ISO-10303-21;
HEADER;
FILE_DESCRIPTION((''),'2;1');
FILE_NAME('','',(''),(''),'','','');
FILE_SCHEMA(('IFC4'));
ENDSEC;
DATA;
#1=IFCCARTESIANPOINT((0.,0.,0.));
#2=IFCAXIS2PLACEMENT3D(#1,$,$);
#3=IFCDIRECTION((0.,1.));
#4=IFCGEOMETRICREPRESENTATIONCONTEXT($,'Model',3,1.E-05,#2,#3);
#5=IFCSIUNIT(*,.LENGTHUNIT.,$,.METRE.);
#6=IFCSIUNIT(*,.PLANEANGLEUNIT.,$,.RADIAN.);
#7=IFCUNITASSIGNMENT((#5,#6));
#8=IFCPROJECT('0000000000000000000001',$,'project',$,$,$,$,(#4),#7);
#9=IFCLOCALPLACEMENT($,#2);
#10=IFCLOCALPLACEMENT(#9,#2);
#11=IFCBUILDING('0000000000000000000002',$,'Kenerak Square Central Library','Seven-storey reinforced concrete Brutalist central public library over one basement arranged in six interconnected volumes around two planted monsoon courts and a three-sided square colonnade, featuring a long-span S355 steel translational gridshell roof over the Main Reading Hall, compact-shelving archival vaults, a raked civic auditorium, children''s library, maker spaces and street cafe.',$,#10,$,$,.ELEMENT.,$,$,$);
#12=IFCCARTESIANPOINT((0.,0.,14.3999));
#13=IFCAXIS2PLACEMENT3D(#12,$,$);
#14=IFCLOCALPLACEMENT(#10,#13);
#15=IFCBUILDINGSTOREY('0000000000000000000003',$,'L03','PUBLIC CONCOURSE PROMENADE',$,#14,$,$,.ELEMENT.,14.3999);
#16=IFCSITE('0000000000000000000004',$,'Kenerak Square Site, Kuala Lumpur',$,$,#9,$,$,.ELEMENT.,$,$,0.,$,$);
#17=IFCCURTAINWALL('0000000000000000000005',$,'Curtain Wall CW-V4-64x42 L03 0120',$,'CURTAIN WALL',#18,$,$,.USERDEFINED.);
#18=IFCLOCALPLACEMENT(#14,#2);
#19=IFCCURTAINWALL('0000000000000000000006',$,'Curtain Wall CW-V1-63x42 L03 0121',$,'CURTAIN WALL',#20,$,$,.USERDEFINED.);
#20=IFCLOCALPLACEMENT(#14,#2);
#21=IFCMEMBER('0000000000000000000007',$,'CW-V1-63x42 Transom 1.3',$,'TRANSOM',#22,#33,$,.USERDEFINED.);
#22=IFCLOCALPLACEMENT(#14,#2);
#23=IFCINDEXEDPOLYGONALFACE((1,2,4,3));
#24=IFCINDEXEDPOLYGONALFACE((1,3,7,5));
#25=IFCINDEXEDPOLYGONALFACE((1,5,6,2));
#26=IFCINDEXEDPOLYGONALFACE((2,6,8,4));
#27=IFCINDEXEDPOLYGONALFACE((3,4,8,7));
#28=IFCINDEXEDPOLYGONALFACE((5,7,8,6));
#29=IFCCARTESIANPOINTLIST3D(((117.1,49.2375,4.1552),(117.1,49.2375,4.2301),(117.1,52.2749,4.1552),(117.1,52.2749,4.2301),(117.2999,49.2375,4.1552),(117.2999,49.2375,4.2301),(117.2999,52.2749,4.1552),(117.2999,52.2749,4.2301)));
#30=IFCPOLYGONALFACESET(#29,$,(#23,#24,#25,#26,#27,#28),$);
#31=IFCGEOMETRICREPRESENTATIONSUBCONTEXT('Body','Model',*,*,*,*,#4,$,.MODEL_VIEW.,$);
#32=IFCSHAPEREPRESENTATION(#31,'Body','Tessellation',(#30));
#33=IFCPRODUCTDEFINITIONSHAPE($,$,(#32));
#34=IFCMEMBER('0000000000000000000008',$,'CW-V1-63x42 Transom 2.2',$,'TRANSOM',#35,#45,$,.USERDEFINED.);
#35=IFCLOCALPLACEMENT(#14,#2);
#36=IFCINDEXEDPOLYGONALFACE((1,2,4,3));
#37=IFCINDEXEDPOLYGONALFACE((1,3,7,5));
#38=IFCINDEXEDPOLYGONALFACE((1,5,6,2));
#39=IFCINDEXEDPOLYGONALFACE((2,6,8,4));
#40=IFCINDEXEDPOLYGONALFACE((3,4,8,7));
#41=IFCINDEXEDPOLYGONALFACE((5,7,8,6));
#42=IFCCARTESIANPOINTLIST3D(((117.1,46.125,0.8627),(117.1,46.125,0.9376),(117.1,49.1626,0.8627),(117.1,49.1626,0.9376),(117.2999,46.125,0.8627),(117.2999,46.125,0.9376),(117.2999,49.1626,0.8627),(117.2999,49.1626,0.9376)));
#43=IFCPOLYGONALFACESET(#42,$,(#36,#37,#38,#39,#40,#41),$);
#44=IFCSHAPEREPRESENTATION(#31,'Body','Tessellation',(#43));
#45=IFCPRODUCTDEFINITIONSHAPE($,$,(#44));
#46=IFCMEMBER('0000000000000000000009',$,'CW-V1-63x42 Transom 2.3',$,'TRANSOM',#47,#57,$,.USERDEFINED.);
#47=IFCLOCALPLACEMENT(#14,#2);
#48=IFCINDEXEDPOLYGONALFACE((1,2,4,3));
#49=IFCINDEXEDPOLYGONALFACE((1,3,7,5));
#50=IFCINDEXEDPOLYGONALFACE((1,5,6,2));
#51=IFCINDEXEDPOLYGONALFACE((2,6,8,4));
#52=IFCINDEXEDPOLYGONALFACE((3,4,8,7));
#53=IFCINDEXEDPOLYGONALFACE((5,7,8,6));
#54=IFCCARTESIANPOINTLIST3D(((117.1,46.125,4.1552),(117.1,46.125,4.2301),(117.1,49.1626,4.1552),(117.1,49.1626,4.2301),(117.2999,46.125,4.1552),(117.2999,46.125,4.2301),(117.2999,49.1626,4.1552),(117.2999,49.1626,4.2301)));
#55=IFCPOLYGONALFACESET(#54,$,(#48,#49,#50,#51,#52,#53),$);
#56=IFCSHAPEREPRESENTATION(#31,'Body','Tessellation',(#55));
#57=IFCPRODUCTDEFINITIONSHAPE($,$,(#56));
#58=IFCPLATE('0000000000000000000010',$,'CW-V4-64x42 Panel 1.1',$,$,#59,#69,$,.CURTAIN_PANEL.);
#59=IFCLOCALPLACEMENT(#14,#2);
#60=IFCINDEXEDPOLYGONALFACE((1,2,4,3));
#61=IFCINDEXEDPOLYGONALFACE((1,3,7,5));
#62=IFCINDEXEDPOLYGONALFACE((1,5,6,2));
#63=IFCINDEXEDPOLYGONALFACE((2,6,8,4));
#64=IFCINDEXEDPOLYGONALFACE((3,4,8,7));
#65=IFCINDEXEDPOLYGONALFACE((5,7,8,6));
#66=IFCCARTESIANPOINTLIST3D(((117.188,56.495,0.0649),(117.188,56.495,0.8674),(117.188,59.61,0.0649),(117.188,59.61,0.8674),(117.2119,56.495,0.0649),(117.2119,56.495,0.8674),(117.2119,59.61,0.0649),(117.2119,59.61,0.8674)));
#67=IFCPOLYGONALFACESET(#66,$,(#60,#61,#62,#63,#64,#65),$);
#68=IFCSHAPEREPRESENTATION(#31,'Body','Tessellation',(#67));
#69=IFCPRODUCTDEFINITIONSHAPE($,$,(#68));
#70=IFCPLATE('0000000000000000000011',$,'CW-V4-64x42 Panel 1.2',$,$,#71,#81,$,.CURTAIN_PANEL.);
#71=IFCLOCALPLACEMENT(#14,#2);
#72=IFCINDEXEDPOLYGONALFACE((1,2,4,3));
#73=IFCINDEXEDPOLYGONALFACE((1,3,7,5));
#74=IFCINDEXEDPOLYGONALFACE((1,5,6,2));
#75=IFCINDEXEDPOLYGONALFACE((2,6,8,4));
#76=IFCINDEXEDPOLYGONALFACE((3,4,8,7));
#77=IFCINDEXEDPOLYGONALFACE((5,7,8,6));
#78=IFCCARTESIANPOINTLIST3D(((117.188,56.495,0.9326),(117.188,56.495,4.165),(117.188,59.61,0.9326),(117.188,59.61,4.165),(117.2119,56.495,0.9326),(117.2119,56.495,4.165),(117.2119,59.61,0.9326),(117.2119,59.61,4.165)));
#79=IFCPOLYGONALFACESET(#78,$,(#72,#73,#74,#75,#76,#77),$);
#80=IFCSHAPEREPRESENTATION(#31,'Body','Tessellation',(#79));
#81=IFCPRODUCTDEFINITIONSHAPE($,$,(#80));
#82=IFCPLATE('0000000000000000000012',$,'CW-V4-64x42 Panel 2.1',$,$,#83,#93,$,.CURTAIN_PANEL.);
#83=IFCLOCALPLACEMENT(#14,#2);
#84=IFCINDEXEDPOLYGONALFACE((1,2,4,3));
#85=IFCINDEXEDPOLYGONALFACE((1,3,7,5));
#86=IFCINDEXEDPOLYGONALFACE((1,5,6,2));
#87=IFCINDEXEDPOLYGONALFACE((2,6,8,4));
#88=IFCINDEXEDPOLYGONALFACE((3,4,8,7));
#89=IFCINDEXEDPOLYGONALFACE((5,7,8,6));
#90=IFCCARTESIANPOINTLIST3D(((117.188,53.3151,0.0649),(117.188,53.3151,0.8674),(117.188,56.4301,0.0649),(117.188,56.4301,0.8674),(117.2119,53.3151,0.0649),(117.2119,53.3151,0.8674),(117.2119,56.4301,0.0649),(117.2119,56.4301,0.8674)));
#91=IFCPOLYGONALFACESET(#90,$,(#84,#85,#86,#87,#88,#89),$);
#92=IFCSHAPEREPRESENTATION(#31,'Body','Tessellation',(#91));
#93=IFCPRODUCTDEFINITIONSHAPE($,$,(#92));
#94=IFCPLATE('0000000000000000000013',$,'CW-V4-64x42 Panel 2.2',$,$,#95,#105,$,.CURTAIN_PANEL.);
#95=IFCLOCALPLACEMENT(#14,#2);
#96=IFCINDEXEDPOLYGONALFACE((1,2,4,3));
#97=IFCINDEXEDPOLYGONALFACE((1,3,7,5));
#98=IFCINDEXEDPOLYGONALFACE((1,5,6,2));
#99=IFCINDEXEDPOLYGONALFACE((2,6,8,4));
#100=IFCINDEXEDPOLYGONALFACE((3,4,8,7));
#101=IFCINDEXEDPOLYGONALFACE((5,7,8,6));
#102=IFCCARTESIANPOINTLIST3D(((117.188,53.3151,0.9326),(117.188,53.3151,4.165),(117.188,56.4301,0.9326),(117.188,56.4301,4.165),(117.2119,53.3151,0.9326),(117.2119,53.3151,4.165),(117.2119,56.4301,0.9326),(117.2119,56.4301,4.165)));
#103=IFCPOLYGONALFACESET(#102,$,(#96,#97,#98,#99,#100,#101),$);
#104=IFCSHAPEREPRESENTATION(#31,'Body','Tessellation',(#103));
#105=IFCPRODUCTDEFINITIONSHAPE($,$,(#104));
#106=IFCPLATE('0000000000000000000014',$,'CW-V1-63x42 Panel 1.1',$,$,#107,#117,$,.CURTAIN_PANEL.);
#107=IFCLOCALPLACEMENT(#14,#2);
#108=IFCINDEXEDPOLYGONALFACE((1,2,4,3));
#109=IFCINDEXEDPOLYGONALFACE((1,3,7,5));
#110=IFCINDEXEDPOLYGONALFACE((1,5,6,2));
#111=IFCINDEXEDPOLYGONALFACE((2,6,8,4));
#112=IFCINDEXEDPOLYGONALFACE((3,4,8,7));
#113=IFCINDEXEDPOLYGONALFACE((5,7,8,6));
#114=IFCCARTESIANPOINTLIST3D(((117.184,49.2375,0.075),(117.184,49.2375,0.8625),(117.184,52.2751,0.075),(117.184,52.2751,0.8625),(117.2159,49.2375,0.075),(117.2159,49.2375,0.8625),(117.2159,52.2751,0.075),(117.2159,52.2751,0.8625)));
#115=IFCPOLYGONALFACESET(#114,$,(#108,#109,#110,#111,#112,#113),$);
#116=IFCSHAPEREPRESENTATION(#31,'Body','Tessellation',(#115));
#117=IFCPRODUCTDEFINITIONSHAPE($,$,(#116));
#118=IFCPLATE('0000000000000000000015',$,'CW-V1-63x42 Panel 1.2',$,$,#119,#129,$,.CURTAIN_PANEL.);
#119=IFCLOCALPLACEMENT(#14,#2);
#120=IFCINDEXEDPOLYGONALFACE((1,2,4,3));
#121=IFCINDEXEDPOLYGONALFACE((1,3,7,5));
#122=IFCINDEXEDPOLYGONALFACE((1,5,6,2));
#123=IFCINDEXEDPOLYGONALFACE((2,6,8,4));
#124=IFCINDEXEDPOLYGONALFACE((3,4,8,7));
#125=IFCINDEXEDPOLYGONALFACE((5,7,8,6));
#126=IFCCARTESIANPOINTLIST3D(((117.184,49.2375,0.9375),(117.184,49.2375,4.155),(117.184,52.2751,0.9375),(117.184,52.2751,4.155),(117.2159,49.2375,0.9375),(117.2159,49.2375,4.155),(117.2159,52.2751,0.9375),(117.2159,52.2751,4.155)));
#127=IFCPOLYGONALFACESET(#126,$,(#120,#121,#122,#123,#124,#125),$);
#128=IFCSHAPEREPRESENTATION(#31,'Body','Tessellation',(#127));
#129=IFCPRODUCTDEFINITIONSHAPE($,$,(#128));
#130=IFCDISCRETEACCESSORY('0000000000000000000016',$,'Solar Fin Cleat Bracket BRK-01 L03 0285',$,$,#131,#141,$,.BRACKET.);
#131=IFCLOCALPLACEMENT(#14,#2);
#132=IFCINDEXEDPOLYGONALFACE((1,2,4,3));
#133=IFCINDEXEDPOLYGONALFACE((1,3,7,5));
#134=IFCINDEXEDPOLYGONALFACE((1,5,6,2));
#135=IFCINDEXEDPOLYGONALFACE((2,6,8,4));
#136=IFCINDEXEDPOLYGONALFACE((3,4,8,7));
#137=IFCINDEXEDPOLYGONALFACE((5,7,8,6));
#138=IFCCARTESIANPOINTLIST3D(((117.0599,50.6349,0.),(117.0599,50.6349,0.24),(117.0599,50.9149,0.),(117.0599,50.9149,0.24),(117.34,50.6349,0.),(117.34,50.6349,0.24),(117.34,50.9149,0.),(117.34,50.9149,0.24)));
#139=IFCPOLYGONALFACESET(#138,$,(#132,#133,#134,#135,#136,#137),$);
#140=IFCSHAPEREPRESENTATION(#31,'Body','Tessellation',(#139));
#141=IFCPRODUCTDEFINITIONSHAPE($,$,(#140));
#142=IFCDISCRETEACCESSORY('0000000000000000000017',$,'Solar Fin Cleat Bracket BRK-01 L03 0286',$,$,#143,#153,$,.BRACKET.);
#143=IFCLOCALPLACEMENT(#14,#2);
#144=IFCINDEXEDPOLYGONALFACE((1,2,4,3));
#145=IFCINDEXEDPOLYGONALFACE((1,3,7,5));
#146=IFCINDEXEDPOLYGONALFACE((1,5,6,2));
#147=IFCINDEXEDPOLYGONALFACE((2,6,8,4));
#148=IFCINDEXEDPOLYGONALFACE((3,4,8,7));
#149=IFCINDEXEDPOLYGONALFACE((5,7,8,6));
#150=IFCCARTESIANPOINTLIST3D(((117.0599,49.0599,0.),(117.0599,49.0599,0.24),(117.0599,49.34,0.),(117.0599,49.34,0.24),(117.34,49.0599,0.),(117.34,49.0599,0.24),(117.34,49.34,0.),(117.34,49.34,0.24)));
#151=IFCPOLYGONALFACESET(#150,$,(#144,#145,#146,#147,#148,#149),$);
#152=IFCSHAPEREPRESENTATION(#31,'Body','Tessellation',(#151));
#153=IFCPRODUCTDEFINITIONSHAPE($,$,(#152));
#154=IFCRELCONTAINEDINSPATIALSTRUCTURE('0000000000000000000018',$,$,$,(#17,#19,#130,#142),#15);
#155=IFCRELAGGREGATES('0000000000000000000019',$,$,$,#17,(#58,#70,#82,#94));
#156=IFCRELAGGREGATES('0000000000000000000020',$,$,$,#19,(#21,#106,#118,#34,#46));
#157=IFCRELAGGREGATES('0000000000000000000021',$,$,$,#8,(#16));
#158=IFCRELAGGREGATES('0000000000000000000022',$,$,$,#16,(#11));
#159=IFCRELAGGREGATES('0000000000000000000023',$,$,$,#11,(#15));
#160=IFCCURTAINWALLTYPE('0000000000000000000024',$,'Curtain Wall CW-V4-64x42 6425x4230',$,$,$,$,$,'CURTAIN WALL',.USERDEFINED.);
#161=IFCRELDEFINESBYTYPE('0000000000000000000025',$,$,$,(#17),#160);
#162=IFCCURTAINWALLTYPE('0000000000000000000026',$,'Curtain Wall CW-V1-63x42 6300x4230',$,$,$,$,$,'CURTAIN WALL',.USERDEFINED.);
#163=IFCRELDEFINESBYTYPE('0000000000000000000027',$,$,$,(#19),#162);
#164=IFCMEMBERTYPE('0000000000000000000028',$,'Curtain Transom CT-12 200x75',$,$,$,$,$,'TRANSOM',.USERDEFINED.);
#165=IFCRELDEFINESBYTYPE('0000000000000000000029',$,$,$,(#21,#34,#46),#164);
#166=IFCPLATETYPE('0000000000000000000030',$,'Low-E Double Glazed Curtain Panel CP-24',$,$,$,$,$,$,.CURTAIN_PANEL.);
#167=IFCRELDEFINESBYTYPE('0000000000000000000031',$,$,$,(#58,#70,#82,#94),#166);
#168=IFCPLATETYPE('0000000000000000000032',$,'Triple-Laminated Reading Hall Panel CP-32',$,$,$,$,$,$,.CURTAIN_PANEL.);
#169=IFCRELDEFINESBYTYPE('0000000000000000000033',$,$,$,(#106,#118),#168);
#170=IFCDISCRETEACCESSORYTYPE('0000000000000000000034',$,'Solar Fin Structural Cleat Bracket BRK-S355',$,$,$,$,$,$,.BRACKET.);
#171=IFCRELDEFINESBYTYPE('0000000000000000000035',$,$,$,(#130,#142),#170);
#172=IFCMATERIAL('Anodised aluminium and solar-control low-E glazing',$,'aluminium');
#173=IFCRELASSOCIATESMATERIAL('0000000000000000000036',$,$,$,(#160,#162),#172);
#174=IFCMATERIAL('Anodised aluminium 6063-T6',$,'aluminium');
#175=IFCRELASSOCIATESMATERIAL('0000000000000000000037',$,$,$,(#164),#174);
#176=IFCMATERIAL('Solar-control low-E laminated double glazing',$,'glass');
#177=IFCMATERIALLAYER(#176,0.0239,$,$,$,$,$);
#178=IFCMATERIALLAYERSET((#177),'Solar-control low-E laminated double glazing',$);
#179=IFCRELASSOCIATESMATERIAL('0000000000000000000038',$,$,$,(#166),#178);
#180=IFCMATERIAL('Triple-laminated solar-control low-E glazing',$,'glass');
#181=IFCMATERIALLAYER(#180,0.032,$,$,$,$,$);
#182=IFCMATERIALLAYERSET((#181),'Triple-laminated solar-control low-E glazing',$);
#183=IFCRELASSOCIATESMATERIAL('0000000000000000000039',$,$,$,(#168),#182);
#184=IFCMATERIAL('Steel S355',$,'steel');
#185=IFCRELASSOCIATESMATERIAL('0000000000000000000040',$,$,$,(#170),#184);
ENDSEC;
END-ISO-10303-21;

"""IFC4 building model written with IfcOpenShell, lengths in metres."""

from ifc_helpers import new_model, si_unit, direction, frame, origin, origin_2d, place, context, subcontext, project, spatial, rectangle, extrude, material, layer, layer_set, material_profile, profile_set, type_object, element, aggregate, save


model = new_model("IFC4")

# Units and contexts
model_context = context("Model", 3, precision=1e-05, world=origin(), true_north=direction((0.0, 1.0)))
body_context = subcontext(model_context, "Body", "Model", "MODEL_VIEW")
ifc_project = project(units=[si_unit("LENGTHUNIT", "METRE"), si_unit("PLANEANGLEUNIT", "RADIAN")], contexts=[model_context])

# Site, building, storey
site_placement = place(None, origin())
site = spatial("IfcSite", under=ifc_project, at=site_placement, Name="Kenerak Square Site, Kuala Lumpur", CompositionType="ELEMENT", RefElevation=0.0)
building_placement = place(site_placement, origin())
building = spatial("IfcBuilding", under=site, at=building_placement, Name="Kenerak Square Central Library", Description="Seven-storey reinforced concrete Brutalist central public library over one basement arranged in six interconnected volumes around two planted monsoon courts and a three-sided square colonnade, featuring a long-span S355 steel translational gridshell roof over the Main Reading Hall, compact-shelving archival vaults, a raked civic auditorium, children's library, maker spaces and street cafe.", CompositionType="ELEMENT")
storey_placement = place(building_placement, frame((0.0, 0.0, 14.3999)))
storey = spatial("IfcBuildingStorey", under=building, at=storey_placement, Name="L03", Description="PUBLIC CONCOURSE PROMENADE", CompositionType="ELEMENT", Elevation=14.3999)

# Curtain walls
ifc_material_1 = material(Name="Anodised aluminium and solar-control low-E glazing", Category="aluminium")
curtain_wall_type_1 = type_object("IfcCurtainWallType", Name="Curtain Wall CW-V4-64x42 6425x4230", ElementType="CURTAIN WALL", PredefinedType="USERDEFINED", material=ifc_material_1)
curtain_wall_1_placement = place(storey_placement, origin())
curtain_wall_1 = element("IfcCurtainWall", 1, at=curtain_wall_1_placement, inside=storey, type_object=curtain_wall_type_1, Name="Curtain Wall CW-V4-64x42 L03 0120", ObjectType="CURTAIN WALL", PredefinedType="USERDEFINED")
ifc_material_2 = material(Name="Anodised aluminium 6063-T6", Category="aluminium")
curtain_wall_type_2 = type_object("IfcCurtainWallType", Name="Curtain Wall CW-V1-63x42 6300x4230", ElementType="CURTAIN WALL", PredefinedType="USERDEFINED", material=ifc_material_1)
curtain_wall_2_placement = place(storey_placement, origin())
curtain_wall_2 = element("IfcCurtainWall", 2, at=curtain_wall_2_placement, inside=storey, type_object=curtain_wall_type_2, Name="Curtain Wall CW-V1-63x42 L03 0121", ObjectType="CURTAIN WALL", PredefinedType="USERDEFINED")

# Members
ifc_material_profile_1 = material_profile(ifc_material_2, rectangle(XDim=0.2, YDim=0.075, at=origin_2d()), Name="AL TRANSOM 200x75")
ifc_profile_set_1 = profile_set([ifc_material_profile_1], Name="Anodised aluminium 6063-T6")
member_type_1 = type_object("IfcMemberType", Name="Curtain Transom CT-12 200x75", ElementType="TRANSOM", PredefinedType="USERDEFINED", material=ifc_profile_set_1)
member_1_placement = place(storey_placement, frame((117.2, 52.2749, 4.1926), z_axis=(0.0, -1.0, 0.0), x_axis=(1.0, 0.0, 0.0)))
member_1 = element("IfcMember", 3, at=member_1_placement, type_object=member_type_1, Name="CW-V1-63x42 Transom 1.3", ObjectType="TRANSOM", PredefinedType="USERDEFINED", context=body_context, shape_type="SweptSolid", body=[
    extrude(rectangle(XDim=0.2, YDim=0.075, at=origin_2d()), origin(), (0.0, 0.0, 1.0), 3.0374),
])
member_2_placement = place(storey_placement, frame((117.2, 49.1626, 0.9001), z_axis=(0.0, -1.0, 0.0), x_axis=(1.0, 0.0, 0.0)))
member_2 = element("IfcMember", 4, at=member_2_placement, type_object=member_type_1, Name="CW-V1-63x42 Transom 2.2", ObjectType="TRANSOM", PredefinedType="USERDEFINED", context=body_context, shape_type="SweptSolid", body=[
    extrude(rectangle(XDim=0.2, YDim=0.075, at=origin_2d()), origin(), (0.0, 0.0, 1.0), 3.0376),
])
member_3_placement = place(storey_placement, frame((117.2, 49.1626, 4.1926), z_axis=(0.0, -1.0, 0.0), x_axis=(1.0, 0.0, 0.0)))
member_3 = element("IfcMember", 5, at=member_3_placement, type_object=member_type_1, Name="CW-V1-63x42 Transom 2.3", ObjectType="TRANSOM", PredefinedType="USERDEFINED", context=body_context, shape_type="SweptSolid", body=[
    extrude(rectangle(XDim=0.2, YDim=0.075, at=origin_2d()), origin(), (0.0, 0.0, 1.0), 3.0376),
])

# Plates
ifc_material_3 = material(Name="Solar-control low-E laminated double glazing", Category="glass")
ifc_layer_1 = layer(ifc_material_3, 0.0239)
ifc_layer_set_1 = layer_set([ifc_layer_1], Name="Solar-control low-E laminated double glazing")
plate_type_1 = type_object("IfcPlateType", Name="Low-E Double Glazed Curtain Panel CP-24", PredefinedType="CURTAIN_PANEL", material=ifc_layer_set_1)
plate_1_placement = place(storey_placement, frame((117.2, 58.0525, 0.0649), z_axis=(0.0, 0.0, 1.0), x_axis=(0.0, -1.0, 0.0)))
plate_1 = element("IfcPlate", 6, at=plate_1_placement, type_object=plate_type_1, Name="CW-V4-64x42 Panel 1.1", PredefinedType="CURTAIN_PANEL", context=body_context, shape_type="SweptSolid", body=[
    extrude(rectangle(XDim=3.115, YDim=0.0239, at=origin_2d()), origin(), (0.0, 0.0, 1.0), 0.8025),
])
plate_2_placement = place(storey_placement, frame((117.2, 58.0525, 0.9326), z_axis=(0.0, 0.0, 1.0), x_axis=(0.0, -1.0, 0.0)))
plate_2 = element("IfcPlate", 7, at=plate_2_placement, type_object=plate_type_1, Name="CW-V4-64x42 Panel 1.2", PredefinedType="CURTAIN_PANEL", context=body_context, shape_type="SweptSolid", body=[
    extrude(rectangle(XDim=3.115, YDim=0.0239, at=origin_2d()), origin(), (0.0, 0.0, 1.0), 3.2324),
])
plate_3_placement = place(storey_placement, frame((117.2, 54.8726, 0.0649), z_axis=(0.0, 0.0, 1.0), x_axis=(0.0, -1.0, 0.0)))
plate_3 = element("IfcPlate", 8, at=plate_3_placement, type_object=plate_type_1, Name="CW-V4-64x42 Panel 2.1", PredefinedType="CURTAIN_PANEL", context=body_context, shape_type="SweptSolid", body=[
    extrude(rectangle(XDim=3.115, YDim=0.0239, at=origin_2d()), origin(), (0.0, 0.0, 1.0), 0.8025),
])
plate_4_placement = place(storey_placement, frame((117.2, 54.8726, 0.9326), z_axis=(0.0, 0.0, 1.0), x_axis=(0.0, -1.0, 0.0)))
plate_4 = element("IfcPlate", 9, at=plate_4_placement, type_object=plate_type_1, Name="CW-V4-64x42 Panel 2.2", PredefinedType="CURTAIN_PANEL", context=body_context, shape_type="SweptSolid", body=[
    extrude(rectangle(XDim=3.115, YDim=0.0239, at=origin_2d()), origin(), (0.0, 0.0, 1.0), 3.2324),
])
aggregate(curtain_wall_1, [plate_1, plate_2, plate_3, plate_4])
ifc_material_4 = material(Name="Triple-laminated solar-control low-E glazing", Category="glass")
ifc_layer_2 = layer(ifc_material_4, 0.032)
ifc_layer_set_2 = layer_set([ifc_layer_2], Name="Triple-laminated solar-control low-E glazing")
plate_type_2 = type_object("IfcPlateType", Name="Triple-Laminated Reading Hall Panel CP-32", PredefinedType="CURTAIN_PANEL", material=ifc_layer_set_2)
plate_5_placement = place(storey_placement, frame((117.2, 50.7563, 0.075), z_axis=(0.0, 0.0, 1.0), x_axis=(0.0, -1.0, 0.0)))
plate_5 = element("IfcPlate", 10, at=plate_5_placement, type_object=plate_type_2, Name="CW-V1-63x42 Panel 1.1", PredefinedType="CURTAIN_PANEL", context=body_context, shape_type="SweptSolid", body=[
    extrude(rectangle(XDim=3.0376, YDim=0.032, at=origin_2d()), origin(), (0.0, 0.0, 1.0), 0.7876),
])
plate_6_placement = place(storey_placement, frame((117.2, 50.7563, 0.9375), z_axis=(0.0, 0.0, 1.0), x_axis=(0.0, -1.0, 0.0)))
plate_6 = element("IfcPlate", 11, at=plate_6_placement, type_object=plate_type_2, Name="CW-V1-63x42 Panel 1.2", PredefinedType="CURTAIN_PANEL", context=body_context, shape_type="SweptSolid", body=[
    extrude(rectangle(XDim=3.0376, YDim=0.032, at=origin_2d()), origin(), (0.0, 0.0, 1.0), 3.2175),
])
aggregate(curtain_wall_2, [member_1, plate_5, plate_6, member_2, member_3])

# Discrete accessories
ifc_material_5 = material(Name="Steel S355", Category="steel")
discrete_accessory_type = type_object("IfcDiscreteAccessoryType", Name="Solar Fin Structural Cleat Bracket BRK-S355", PredefinedType="BRACKET", material=ifc_material_5)
for number, where, z_axis, x_axis, name in (
    (12, (117.2, 50.7749, 0.0), (0.0, 0.0, 1.0), (0.0, -1.0, 0.0), "Solar Fin Cleat Bracket BRK-01 L03 0285"),
    (13, (117.2, 49.2, 0.0), (0.0, 0.0, 1.0), (0.0, -1.0, 0.0), "Solar Fin Cleat Bracket BRK-01 L03 0286"),
):
    element("IfcDiscreteAccessory", number, at=place(storey_placement, frame(where, z_axis=z_axis, x_axis=x_axis)), inside=storey, type_object=discrete_accessory_type, Name=name, PredefinedType="BRACKET", context=body_context, shape_type="SweptSolid", body=[
        extrude(rectangle(XDim=0.28, YDim=0.28, at=origin_2d()), origin(), (0.0, 0.0, 1.0), 0.24),
    ])

save(model, "model.ifc")
